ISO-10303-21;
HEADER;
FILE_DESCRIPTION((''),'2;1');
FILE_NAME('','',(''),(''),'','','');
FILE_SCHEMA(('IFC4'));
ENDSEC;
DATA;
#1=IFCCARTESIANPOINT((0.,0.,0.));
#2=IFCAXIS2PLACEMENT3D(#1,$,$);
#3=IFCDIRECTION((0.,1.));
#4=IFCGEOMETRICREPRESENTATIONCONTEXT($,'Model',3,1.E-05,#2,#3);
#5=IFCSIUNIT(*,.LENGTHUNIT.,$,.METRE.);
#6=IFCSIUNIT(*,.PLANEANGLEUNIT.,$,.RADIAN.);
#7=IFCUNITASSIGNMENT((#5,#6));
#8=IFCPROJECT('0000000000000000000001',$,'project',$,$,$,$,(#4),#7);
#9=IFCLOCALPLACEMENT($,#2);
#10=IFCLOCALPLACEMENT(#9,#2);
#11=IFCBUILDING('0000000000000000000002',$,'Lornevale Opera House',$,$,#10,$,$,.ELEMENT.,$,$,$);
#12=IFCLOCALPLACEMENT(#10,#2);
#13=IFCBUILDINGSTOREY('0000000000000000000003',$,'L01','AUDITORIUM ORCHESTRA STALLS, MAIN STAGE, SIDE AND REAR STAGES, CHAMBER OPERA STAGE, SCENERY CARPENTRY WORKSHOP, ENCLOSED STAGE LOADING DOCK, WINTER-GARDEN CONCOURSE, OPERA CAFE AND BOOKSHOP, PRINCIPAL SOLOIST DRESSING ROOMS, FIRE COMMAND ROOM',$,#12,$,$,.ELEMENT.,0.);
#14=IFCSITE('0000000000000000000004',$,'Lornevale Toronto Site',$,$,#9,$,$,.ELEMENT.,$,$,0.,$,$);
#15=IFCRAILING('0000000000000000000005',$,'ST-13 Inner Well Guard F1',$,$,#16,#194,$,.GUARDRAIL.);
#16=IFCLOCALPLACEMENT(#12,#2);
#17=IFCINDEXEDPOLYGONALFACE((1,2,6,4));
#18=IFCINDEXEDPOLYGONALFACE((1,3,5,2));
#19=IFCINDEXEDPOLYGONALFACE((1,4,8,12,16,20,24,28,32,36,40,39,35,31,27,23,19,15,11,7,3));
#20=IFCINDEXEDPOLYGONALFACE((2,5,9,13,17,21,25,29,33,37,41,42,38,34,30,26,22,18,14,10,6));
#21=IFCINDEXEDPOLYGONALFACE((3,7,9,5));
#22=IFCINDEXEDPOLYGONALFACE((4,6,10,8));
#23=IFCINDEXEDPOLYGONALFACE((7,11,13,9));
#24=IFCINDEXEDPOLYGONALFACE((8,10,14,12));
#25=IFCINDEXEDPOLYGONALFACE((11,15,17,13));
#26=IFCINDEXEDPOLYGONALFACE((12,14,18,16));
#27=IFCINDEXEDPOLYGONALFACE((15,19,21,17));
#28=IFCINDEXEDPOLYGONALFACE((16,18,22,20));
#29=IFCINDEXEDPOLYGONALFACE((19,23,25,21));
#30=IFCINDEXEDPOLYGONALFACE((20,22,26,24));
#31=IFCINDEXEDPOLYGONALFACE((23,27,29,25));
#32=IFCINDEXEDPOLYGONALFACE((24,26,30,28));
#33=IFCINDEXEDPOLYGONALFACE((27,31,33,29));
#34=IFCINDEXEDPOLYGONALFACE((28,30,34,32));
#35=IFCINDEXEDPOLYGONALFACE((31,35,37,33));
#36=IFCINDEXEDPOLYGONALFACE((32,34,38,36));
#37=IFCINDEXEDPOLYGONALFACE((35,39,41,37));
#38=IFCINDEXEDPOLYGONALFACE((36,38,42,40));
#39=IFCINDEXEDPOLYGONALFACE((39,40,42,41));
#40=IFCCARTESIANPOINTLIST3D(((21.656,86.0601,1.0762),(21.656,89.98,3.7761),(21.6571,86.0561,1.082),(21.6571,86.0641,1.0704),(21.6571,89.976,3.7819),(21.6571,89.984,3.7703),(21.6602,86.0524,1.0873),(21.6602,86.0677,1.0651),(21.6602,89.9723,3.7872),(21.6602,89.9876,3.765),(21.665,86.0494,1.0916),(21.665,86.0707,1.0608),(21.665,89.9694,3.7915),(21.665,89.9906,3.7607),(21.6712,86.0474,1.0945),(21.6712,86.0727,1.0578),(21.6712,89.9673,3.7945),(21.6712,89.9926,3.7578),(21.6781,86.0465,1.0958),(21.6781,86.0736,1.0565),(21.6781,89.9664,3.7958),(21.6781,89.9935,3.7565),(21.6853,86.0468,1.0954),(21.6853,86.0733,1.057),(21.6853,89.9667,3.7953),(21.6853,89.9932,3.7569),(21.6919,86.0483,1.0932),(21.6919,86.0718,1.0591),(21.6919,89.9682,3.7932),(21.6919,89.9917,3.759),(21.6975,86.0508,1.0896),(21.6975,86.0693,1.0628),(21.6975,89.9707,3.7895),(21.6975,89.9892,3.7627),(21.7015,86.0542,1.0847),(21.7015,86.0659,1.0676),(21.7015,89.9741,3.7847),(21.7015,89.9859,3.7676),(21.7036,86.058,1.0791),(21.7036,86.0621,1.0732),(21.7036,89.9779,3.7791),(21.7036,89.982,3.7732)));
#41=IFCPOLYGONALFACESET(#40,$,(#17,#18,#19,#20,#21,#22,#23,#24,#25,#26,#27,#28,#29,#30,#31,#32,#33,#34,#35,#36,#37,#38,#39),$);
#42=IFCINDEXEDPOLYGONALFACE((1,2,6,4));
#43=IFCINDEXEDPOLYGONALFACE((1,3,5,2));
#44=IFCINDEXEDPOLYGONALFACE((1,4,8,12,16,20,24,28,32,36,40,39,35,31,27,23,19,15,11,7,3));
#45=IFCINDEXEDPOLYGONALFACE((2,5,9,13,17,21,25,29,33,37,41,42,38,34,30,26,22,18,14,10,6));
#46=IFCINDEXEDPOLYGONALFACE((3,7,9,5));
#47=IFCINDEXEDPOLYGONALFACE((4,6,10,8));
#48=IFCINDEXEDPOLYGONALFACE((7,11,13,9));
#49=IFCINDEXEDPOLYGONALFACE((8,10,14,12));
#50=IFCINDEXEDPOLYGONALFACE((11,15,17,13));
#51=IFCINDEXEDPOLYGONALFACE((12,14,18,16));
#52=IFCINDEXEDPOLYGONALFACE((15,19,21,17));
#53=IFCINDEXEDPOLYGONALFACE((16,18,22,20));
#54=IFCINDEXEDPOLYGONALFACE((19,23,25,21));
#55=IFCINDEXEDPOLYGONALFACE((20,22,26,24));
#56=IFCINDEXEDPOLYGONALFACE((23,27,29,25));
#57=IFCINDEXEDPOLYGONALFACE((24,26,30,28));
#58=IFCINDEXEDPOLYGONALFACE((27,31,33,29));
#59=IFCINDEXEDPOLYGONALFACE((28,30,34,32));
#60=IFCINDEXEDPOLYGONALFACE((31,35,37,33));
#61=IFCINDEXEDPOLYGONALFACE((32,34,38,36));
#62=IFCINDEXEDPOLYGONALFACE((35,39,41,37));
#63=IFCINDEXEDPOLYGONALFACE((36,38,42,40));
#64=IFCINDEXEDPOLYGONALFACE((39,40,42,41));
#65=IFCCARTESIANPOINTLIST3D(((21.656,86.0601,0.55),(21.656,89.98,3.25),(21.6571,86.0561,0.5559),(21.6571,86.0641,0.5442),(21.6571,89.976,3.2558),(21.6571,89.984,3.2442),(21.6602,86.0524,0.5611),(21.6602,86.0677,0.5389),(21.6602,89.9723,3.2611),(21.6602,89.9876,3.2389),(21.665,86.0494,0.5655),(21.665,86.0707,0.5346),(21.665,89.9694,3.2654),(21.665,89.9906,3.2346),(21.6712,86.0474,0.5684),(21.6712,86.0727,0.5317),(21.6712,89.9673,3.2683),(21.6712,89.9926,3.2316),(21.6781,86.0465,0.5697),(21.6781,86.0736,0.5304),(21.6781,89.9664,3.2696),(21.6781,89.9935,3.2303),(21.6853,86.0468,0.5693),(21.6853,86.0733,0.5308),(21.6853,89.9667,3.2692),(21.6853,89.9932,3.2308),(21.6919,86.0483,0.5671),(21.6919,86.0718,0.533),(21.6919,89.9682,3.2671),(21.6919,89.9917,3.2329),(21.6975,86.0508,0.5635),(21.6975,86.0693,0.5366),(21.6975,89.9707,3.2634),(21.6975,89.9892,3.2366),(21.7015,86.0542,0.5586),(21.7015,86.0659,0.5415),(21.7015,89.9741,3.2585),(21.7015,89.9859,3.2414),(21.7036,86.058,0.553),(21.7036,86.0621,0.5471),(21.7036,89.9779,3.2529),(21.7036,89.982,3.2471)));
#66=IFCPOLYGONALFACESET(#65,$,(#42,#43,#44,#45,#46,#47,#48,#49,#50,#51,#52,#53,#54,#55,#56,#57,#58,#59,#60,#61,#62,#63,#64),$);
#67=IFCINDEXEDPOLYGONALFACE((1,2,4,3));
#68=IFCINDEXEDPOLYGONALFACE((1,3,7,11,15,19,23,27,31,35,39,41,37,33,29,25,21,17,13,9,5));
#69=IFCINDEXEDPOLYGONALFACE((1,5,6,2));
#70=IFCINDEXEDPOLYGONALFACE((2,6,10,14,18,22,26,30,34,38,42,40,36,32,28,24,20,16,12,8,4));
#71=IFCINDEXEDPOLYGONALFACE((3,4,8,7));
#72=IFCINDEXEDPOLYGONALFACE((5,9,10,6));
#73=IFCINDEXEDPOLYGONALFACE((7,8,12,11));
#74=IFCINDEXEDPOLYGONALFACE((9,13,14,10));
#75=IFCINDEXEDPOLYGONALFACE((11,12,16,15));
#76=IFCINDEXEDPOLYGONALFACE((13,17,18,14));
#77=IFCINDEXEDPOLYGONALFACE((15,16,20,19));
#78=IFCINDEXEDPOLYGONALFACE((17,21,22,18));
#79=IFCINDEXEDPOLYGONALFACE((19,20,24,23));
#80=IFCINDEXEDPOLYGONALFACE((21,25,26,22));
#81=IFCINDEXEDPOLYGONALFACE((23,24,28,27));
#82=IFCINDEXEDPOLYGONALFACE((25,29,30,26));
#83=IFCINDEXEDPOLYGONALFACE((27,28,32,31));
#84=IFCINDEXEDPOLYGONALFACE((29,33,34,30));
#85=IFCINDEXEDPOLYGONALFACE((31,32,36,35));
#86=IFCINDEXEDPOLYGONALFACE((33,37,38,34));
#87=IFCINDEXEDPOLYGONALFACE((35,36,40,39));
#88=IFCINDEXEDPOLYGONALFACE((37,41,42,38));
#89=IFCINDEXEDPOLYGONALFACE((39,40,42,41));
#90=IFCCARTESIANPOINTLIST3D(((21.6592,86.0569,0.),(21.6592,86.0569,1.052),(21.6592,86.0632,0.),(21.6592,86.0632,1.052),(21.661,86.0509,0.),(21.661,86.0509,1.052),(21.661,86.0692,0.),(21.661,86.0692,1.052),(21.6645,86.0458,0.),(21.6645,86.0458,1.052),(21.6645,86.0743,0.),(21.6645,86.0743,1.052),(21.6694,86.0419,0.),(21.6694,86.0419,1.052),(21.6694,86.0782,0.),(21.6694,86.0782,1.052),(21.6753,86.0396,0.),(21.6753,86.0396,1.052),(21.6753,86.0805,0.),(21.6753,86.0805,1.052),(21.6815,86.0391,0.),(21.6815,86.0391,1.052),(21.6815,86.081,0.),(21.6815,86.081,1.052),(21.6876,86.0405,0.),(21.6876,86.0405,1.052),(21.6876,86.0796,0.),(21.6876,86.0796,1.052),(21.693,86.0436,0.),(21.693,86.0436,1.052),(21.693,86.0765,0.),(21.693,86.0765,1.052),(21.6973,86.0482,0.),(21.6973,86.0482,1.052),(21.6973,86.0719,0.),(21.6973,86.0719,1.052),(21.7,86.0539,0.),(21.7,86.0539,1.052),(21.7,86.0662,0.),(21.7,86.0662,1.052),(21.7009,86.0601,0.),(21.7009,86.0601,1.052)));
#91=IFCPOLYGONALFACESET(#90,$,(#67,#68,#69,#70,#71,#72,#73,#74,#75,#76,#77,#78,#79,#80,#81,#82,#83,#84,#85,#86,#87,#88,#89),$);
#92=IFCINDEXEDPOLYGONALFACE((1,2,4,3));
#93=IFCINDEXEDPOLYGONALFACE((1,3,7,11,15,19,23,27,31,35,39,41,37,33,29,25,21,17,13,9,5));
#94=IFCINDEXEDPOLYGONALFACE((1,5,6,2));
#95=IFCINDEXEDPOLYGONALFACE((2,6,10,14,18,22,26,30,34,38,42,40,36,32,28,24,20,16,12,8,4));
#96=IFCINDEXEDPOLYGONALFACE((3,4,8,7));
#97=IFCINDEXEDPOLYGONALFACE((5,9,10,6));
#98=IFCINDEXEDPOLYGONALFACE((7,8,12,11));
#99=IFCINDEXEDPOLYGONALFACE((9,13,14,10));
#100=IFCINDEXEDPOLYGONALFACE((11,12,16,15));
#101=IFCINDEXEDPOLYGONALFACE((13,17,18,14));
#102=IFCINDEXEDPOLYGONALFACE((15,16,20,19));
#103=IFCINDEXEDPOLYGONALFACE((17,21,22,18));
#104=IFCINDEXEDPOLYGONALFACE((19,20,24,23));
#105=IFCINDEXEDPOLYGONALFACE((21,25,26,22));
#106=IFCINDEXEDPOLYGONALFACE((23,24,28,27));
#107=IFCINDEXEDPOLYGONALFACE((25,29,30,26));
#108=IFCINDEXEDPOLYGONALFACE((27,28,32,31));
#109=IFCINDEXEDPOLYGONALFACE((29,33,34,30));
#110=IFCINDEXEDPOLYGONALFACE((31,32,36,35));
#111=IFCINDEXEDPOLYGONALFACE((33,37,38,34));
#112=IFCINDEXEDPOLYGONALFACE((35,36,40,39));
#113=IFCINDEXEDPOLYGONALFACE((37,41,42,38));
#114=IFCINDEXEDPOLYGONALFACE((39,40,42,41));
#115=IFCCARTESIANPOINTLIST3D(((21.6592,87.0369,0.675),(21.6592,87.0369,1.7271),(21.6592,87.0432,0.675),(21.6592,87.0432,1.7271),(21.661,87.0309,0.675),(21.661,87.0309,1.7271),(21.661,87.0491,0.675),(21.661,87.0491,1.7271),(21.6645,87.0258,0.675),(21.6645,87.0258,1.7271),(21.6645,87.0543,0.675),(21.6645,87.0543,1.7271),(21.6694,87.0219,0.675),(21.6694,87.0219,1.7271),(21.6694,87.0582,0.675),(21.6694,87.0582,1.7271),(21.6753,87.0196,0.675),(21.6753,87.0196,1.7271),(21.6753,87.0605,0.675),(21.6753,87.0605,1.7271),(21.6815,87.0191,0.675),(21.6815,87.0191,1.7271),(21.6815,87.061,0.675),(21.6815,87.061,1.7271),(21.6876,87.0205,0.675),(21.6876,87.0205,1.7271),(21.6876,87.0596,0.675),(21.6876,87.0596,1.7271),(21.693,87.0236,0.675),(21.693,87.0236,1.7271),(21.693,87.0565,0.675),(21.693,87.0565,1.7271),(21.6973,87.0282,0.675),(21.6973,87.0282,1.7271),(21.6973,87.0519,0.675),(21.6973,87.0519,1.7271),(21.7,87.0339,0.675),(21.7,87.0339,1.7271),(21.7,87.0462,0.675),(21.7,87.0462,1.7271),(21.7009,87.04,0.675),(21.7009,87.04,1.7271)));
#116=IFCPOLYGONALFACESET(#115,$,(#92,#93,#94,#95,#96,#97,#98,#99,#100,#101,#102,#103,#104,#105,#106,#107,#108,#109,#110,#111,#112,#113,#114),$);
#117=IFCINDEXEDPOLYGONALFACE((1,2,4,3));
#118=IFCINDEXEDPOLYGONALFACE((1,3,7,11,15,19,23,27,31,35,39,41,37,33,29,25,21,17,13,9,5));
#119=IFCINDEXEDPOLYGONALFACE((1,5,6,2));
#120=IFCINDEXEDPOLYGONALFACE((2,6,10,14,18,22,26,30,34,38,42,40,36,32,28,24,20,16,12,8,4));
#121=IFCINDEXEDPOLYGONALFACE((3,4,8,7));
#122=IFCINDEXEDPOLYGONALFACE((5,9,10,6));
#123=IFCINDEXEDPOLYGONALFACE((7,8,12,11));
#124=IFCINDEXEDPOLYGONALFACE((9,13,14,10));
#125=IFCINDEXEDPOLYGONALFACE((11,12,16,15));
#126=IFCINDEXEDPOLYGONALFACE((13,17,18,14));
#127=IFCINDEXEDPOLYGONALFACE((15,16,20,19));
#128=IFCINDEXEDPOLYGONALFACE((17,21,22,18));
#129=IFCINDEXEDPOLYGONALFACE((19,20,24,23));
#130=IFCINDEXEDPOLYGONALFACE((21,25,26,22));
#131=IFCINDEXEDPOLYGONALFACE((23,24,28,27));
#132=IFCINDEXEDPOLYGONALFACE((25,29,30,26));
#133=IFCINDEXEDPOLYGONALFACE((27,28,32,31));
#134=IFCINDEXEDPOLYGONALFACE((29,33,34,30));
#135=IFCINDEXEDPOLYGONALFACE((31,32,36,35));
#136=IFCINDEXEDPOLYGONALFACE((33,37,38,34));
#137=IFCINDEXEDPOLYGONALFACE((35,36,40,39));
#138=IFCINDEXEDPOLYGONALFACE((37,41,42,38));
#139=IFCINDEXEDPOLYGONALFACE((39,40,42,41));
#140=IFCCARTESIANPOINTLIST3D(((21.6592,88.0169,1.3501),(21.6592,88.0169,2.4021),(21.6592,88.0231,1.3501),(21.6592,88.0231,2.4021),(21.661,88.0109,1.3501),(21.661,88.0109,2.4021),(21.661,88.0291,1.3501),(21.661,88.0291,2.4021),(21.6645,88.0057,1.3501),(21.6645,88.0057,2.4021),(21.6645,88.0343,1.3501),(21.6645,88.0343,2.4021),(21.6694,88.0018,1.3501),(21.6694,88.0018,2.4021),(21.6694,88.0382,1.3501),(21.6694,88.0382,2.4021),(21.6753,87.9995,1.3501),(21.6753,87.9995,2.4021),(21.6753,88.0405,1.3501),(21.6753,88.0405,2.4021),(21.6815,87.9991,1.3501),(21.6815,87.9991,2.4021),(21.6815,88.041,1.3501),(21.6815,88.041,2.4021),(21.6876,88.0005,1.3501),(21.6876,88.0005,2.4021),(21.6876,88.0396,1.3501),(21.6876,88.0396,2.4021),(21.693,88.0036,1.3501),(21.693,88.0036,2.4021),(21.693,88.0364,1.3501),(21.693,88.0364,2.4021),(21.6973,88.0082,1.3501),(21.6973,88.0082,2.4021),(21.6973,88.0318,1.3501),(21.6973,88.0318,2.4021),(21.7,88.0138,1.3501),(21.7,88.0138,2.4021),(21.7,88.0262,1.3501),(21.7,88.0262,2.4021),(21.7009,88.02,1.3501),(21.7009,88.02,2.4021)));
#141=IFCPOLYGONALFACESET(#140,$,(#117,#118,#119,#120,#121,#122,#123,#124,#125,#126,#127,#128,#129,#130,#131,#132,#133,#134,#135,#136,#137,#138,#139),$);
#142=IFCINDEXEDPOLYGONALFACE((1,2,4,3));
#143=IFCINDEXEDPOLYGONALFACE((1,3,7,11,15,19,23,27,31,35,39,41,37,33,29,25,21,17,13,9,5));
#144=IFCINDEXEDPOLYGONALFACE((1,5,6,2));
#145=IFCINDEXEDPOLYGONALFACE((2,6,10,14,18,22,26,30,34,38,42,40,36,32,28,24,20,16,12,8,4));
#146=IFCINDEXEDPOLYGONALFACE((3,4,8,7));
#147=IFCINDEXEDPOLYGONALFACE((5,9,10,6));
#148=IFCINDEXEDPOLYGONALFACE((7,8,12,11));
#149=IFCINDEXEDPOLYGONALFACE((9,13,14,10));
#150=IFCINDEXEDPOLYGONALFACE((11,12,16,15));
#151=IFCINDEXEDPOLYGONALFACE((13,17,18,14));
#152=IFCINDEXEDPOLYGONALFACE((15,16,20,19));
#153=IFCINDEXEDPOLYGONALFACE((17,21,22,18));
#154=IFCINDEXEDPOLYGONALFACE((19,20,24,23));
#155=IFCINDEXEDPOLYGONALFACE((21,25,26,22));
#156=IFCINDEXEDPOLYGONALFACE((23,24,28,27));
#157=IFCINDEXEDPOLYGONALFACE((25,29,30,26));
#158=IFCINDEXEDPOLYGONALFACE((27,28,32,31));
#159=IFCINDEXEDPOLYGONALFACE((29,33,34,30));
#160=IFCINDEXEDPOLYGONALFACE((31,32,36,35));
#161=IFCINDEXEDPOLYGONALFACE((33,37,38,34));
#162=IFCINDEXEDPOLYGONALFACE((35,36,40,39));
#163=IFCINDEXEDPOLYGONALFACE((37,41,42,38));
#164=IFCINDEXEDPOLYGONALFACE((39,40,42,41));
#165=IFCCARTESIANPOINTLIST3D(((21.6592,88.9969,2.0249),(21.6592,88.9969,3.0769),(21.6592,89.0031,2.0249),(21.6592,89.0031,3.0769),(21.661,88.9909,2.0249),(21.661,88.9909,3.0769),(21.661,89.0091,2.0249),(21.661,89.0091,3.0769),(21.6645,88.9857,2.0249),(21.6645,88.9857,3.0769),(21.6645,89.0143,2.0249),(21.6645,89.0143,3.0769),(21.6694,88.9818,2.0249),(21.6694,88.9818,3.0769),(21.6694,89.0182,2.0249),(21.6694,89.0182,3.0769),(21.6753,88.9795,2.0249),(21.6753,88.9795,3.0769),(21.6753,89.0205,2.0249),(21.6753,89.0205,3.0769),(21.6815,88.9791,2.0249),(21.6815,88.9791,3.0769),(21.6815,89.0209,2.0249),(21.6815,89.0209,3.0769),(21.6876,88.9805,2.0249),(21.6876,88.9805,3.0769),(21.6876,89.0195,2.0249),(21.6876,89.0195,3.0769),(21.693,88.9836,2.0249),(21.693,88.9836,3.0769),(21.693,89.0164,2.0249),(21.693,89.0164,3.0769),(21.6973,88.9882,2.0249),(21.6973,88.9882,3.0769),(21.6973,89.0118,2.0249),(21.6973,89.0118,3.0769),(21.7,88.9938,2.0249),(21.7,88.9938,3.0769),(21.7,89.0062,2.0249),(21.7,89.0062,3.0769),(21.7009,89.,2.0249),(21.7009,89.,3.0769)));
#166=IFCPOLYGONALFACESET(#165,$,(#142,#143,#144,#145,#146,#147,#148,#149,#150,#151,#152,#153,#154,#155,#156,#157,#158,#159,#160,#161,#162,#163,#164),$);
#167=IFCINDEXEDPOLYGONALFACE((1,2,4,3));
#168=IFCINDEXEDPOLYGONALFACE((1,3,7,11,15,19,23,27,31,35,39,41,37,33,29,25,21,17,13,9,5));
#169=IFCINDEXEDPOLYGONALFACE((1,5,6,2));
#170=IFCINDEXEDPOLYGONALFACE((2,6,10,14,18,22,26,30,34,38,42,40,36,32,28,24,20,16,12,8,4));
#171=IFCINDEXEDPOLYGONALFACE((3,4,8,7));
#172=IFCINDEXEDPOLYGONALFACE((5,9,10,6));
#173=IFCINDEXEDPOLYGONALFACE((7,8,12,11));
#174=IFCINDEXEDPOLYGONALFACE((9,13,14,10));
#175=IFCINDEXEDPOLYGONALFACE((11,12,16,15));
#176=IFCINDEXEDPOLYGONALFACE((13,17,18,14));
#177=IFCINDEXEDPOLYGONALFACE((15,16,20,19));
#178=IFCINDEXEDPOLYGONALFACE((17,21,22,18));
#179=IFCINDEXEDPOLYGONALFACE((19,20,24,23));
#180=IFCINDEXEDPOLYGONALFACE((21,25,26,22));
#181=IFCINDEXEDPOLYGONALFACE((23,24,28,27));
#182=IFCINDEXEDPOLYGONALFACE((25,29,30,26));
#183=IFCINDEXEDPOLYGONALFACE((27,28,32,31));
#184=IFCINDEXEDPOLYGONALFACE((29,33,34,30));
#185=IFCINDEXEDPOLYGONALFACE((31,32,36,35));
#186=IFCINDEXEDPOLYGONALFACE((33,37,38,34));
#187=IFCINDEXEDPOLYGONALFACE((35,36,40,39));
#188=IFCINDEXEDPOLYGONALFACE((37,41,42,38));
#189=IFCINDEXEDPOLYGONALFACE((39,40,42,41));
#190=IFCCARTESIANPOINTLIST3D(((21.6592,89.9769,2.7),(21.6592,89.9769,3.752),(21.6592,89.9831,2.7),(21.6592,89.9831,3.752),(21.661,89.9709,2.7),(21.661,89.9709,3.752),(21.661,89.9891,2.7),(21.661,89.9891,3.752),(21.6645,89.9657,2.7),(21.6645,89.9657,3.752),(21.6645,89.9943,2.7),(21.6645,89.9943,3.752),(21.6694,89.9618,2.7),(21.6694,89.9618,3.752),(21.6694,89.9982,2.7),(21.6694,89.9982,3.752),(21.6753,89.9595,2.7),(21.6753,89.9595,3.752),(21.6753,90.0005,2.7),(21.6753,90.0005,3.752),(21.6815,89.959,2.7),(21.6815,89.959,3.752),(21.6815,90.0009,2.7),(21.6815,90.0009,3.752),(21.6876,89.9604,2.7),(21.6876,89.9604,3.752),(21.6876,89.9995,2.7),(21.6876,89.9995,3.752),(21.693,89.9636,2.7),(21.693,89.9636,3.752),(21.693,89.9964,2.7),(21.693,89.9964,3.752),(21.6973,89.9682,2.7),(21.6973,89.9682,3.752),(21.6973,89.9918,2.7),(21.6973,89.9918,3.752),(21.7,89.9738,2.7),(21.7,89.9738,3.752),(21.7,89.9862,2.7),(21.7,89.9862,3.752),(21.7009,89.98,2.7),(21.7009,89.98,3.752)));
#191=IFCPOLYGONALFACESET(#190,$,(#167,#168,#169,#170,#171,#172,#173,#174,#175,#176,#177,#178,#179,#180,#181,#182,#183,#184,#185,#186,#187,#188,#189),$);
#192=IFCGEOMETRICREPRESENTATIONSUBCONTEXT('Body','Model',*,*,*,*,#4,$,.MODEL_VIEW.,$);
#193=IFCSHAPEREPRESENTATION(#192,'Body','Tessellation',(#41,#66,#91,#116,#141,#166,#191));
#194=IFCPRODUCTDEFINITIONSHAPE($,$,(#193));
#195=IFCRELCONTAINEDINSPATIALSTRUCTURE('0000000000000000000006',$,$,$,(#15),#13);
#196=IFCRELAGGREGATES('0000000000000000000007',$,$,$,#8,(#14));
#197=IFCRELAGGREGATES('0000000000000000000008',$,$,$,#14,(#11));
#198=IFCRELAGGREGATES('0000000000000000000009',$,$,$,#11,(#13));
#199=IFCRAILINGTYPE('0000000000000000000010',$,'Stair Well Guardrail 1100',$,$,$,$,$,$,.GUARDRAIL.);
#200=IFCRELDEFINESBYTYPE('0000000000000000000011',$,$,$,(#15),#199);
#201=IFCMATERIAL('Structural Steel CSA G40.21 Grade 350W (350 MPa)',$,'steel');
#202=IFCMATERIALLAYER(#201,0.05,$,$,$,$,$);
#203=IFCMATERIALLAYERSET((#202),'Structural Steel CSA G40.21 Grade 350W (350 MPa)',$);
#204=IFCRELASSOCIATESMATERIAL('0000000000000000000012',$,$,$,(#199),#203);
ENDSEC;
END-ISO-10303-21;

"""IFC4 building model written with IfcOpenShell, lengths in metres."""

from ifc_helpers import new_model, si_unit, direction, frame, origin, origin_2d, place, context, subcontext, project, spatial, circle, extrude, material, layer, layer_set, type_object, element, save


model = new_model("IFC4")

# Units and contexts
model_context = context("Model", 3, precision=1e-05, world=origin(), true_north=direction((0.0, 1.0)))
body_context = subcontext(model_context, "Body", "Model", "MODEL_VIEW")
ifc_project = project(units=[si_unit("LENGTHUNIT", "METRE"), si_unit("PLANEANGLEUNIT", "RADIAN")], contexts=[model_context])

# Site, building, storey
site_placement = place(None, origin())
site = spatial("IfcSite", under=ifc_project, at=site_placement, Name="Lornevale Toronto Site", CompositionType="ELEMENT", RefElevation=0.0)
building_placement = place(site_placement, origin())
building = spatial("IfcBuilding", under=site, at=building_placement, Name="Lornevale Opera House", CompositionType="ELEMENT")
storey_placement = place(building_placement, origin())
storey = spatial("IfcBuildingStorey", under=building, at=storey_placement, Name="L01", Description="AUDITORIUM ORCHESTRA STALLS, MAIN STAGE, SIDE AND REAR STAGES, CHAMBER OPERA STAGE, SCENERY CARPENTRY WORKSHOP, ENCLOSED STAGE LOADING DOCK, WINTER-GARDEN CONCOURSE, OPERA CAFE AND BOOKSHOP, PRINCIPAL SOLOIST DRESSING ROOMS, FIRE COMMAND ROOM", CompositionType="ELEMENT", Elevation=0.0)

# Railing
ifc_material_1 = material(Name="Structural Steel CSA G40.21 Grade 350W (350 MPa)", Category="steel")
ifc_layer_1 = layer(ifc_material_1, 0.05)
ifc_layer_set_1 = layer_set([ifc_layer_1], Name="Structural Steel CSA G40.21 Grade 350W (350 MPa)")
railing_type_1 = type_object("IfcRailingType", Name="Stair Well Guardrail 1100", PredefinedType="GUARDRAIL", material=ifc_layer_set_1)
railing_1_placement = place(storey_placement, frame((21.6799, 86.0601, 0.0)))
element("IfcRailing", 1, at=railing_1_placement, inside=storey, type_object=railing_type_1, Name="ST-13 Inner Well Guard F1", PredefinedType="GUARDRAIL", context=body_context, shape_type="SweptSolid", body=[
    extrude(circle(Radius=0.0239, at=origin_2d()), frame((0.0, 0.0, 1.0762), z_axis=(0.0, 0.823551, 0.567243), x_axis=(-1.0, 0.0, 0.0)), (0.0, 0.0, 1.0), 4.7598),
    extrude(circle(Radius=0.0239, at=origin_2d()), frame((0.0, 0.0, 0.55), z_axis=(0.0, 0.823551, 0.567243), x_axis=(-1.0, 0.0, 0.0)), (0.0, 0.0, 1.0), 4.7598),
    extrude(circle(Radius=0.021, at=origin_2d()), origin(), (0.0, 0.0, 1.0), 1.052),
    extrude(circle(Radius=0.021, at=origin_2d()), frame((0.0, 0.98, 0.675)), (0.0, 0.0, 1.0), 1.052),
    extrude(circle(Radius=0.021, at=origin_2d()), frame((0.0, 1.96, 1.3501)), (0.0, 0.0, 1.0), 1.052),
    extrude(circle(Radius=0.021, at=origin_2d()), frame((0.0, 2.9399, 2.0249)), (0.0, 0.0, 1.0), 1.052),
    extrude(circle(Radius=0.021, at=origin_2d()), frame((0.0, 3.9199, 2.7)), (0.0, 0.0, 1.0), 1.052),
])

save(model, "model.ifc")
